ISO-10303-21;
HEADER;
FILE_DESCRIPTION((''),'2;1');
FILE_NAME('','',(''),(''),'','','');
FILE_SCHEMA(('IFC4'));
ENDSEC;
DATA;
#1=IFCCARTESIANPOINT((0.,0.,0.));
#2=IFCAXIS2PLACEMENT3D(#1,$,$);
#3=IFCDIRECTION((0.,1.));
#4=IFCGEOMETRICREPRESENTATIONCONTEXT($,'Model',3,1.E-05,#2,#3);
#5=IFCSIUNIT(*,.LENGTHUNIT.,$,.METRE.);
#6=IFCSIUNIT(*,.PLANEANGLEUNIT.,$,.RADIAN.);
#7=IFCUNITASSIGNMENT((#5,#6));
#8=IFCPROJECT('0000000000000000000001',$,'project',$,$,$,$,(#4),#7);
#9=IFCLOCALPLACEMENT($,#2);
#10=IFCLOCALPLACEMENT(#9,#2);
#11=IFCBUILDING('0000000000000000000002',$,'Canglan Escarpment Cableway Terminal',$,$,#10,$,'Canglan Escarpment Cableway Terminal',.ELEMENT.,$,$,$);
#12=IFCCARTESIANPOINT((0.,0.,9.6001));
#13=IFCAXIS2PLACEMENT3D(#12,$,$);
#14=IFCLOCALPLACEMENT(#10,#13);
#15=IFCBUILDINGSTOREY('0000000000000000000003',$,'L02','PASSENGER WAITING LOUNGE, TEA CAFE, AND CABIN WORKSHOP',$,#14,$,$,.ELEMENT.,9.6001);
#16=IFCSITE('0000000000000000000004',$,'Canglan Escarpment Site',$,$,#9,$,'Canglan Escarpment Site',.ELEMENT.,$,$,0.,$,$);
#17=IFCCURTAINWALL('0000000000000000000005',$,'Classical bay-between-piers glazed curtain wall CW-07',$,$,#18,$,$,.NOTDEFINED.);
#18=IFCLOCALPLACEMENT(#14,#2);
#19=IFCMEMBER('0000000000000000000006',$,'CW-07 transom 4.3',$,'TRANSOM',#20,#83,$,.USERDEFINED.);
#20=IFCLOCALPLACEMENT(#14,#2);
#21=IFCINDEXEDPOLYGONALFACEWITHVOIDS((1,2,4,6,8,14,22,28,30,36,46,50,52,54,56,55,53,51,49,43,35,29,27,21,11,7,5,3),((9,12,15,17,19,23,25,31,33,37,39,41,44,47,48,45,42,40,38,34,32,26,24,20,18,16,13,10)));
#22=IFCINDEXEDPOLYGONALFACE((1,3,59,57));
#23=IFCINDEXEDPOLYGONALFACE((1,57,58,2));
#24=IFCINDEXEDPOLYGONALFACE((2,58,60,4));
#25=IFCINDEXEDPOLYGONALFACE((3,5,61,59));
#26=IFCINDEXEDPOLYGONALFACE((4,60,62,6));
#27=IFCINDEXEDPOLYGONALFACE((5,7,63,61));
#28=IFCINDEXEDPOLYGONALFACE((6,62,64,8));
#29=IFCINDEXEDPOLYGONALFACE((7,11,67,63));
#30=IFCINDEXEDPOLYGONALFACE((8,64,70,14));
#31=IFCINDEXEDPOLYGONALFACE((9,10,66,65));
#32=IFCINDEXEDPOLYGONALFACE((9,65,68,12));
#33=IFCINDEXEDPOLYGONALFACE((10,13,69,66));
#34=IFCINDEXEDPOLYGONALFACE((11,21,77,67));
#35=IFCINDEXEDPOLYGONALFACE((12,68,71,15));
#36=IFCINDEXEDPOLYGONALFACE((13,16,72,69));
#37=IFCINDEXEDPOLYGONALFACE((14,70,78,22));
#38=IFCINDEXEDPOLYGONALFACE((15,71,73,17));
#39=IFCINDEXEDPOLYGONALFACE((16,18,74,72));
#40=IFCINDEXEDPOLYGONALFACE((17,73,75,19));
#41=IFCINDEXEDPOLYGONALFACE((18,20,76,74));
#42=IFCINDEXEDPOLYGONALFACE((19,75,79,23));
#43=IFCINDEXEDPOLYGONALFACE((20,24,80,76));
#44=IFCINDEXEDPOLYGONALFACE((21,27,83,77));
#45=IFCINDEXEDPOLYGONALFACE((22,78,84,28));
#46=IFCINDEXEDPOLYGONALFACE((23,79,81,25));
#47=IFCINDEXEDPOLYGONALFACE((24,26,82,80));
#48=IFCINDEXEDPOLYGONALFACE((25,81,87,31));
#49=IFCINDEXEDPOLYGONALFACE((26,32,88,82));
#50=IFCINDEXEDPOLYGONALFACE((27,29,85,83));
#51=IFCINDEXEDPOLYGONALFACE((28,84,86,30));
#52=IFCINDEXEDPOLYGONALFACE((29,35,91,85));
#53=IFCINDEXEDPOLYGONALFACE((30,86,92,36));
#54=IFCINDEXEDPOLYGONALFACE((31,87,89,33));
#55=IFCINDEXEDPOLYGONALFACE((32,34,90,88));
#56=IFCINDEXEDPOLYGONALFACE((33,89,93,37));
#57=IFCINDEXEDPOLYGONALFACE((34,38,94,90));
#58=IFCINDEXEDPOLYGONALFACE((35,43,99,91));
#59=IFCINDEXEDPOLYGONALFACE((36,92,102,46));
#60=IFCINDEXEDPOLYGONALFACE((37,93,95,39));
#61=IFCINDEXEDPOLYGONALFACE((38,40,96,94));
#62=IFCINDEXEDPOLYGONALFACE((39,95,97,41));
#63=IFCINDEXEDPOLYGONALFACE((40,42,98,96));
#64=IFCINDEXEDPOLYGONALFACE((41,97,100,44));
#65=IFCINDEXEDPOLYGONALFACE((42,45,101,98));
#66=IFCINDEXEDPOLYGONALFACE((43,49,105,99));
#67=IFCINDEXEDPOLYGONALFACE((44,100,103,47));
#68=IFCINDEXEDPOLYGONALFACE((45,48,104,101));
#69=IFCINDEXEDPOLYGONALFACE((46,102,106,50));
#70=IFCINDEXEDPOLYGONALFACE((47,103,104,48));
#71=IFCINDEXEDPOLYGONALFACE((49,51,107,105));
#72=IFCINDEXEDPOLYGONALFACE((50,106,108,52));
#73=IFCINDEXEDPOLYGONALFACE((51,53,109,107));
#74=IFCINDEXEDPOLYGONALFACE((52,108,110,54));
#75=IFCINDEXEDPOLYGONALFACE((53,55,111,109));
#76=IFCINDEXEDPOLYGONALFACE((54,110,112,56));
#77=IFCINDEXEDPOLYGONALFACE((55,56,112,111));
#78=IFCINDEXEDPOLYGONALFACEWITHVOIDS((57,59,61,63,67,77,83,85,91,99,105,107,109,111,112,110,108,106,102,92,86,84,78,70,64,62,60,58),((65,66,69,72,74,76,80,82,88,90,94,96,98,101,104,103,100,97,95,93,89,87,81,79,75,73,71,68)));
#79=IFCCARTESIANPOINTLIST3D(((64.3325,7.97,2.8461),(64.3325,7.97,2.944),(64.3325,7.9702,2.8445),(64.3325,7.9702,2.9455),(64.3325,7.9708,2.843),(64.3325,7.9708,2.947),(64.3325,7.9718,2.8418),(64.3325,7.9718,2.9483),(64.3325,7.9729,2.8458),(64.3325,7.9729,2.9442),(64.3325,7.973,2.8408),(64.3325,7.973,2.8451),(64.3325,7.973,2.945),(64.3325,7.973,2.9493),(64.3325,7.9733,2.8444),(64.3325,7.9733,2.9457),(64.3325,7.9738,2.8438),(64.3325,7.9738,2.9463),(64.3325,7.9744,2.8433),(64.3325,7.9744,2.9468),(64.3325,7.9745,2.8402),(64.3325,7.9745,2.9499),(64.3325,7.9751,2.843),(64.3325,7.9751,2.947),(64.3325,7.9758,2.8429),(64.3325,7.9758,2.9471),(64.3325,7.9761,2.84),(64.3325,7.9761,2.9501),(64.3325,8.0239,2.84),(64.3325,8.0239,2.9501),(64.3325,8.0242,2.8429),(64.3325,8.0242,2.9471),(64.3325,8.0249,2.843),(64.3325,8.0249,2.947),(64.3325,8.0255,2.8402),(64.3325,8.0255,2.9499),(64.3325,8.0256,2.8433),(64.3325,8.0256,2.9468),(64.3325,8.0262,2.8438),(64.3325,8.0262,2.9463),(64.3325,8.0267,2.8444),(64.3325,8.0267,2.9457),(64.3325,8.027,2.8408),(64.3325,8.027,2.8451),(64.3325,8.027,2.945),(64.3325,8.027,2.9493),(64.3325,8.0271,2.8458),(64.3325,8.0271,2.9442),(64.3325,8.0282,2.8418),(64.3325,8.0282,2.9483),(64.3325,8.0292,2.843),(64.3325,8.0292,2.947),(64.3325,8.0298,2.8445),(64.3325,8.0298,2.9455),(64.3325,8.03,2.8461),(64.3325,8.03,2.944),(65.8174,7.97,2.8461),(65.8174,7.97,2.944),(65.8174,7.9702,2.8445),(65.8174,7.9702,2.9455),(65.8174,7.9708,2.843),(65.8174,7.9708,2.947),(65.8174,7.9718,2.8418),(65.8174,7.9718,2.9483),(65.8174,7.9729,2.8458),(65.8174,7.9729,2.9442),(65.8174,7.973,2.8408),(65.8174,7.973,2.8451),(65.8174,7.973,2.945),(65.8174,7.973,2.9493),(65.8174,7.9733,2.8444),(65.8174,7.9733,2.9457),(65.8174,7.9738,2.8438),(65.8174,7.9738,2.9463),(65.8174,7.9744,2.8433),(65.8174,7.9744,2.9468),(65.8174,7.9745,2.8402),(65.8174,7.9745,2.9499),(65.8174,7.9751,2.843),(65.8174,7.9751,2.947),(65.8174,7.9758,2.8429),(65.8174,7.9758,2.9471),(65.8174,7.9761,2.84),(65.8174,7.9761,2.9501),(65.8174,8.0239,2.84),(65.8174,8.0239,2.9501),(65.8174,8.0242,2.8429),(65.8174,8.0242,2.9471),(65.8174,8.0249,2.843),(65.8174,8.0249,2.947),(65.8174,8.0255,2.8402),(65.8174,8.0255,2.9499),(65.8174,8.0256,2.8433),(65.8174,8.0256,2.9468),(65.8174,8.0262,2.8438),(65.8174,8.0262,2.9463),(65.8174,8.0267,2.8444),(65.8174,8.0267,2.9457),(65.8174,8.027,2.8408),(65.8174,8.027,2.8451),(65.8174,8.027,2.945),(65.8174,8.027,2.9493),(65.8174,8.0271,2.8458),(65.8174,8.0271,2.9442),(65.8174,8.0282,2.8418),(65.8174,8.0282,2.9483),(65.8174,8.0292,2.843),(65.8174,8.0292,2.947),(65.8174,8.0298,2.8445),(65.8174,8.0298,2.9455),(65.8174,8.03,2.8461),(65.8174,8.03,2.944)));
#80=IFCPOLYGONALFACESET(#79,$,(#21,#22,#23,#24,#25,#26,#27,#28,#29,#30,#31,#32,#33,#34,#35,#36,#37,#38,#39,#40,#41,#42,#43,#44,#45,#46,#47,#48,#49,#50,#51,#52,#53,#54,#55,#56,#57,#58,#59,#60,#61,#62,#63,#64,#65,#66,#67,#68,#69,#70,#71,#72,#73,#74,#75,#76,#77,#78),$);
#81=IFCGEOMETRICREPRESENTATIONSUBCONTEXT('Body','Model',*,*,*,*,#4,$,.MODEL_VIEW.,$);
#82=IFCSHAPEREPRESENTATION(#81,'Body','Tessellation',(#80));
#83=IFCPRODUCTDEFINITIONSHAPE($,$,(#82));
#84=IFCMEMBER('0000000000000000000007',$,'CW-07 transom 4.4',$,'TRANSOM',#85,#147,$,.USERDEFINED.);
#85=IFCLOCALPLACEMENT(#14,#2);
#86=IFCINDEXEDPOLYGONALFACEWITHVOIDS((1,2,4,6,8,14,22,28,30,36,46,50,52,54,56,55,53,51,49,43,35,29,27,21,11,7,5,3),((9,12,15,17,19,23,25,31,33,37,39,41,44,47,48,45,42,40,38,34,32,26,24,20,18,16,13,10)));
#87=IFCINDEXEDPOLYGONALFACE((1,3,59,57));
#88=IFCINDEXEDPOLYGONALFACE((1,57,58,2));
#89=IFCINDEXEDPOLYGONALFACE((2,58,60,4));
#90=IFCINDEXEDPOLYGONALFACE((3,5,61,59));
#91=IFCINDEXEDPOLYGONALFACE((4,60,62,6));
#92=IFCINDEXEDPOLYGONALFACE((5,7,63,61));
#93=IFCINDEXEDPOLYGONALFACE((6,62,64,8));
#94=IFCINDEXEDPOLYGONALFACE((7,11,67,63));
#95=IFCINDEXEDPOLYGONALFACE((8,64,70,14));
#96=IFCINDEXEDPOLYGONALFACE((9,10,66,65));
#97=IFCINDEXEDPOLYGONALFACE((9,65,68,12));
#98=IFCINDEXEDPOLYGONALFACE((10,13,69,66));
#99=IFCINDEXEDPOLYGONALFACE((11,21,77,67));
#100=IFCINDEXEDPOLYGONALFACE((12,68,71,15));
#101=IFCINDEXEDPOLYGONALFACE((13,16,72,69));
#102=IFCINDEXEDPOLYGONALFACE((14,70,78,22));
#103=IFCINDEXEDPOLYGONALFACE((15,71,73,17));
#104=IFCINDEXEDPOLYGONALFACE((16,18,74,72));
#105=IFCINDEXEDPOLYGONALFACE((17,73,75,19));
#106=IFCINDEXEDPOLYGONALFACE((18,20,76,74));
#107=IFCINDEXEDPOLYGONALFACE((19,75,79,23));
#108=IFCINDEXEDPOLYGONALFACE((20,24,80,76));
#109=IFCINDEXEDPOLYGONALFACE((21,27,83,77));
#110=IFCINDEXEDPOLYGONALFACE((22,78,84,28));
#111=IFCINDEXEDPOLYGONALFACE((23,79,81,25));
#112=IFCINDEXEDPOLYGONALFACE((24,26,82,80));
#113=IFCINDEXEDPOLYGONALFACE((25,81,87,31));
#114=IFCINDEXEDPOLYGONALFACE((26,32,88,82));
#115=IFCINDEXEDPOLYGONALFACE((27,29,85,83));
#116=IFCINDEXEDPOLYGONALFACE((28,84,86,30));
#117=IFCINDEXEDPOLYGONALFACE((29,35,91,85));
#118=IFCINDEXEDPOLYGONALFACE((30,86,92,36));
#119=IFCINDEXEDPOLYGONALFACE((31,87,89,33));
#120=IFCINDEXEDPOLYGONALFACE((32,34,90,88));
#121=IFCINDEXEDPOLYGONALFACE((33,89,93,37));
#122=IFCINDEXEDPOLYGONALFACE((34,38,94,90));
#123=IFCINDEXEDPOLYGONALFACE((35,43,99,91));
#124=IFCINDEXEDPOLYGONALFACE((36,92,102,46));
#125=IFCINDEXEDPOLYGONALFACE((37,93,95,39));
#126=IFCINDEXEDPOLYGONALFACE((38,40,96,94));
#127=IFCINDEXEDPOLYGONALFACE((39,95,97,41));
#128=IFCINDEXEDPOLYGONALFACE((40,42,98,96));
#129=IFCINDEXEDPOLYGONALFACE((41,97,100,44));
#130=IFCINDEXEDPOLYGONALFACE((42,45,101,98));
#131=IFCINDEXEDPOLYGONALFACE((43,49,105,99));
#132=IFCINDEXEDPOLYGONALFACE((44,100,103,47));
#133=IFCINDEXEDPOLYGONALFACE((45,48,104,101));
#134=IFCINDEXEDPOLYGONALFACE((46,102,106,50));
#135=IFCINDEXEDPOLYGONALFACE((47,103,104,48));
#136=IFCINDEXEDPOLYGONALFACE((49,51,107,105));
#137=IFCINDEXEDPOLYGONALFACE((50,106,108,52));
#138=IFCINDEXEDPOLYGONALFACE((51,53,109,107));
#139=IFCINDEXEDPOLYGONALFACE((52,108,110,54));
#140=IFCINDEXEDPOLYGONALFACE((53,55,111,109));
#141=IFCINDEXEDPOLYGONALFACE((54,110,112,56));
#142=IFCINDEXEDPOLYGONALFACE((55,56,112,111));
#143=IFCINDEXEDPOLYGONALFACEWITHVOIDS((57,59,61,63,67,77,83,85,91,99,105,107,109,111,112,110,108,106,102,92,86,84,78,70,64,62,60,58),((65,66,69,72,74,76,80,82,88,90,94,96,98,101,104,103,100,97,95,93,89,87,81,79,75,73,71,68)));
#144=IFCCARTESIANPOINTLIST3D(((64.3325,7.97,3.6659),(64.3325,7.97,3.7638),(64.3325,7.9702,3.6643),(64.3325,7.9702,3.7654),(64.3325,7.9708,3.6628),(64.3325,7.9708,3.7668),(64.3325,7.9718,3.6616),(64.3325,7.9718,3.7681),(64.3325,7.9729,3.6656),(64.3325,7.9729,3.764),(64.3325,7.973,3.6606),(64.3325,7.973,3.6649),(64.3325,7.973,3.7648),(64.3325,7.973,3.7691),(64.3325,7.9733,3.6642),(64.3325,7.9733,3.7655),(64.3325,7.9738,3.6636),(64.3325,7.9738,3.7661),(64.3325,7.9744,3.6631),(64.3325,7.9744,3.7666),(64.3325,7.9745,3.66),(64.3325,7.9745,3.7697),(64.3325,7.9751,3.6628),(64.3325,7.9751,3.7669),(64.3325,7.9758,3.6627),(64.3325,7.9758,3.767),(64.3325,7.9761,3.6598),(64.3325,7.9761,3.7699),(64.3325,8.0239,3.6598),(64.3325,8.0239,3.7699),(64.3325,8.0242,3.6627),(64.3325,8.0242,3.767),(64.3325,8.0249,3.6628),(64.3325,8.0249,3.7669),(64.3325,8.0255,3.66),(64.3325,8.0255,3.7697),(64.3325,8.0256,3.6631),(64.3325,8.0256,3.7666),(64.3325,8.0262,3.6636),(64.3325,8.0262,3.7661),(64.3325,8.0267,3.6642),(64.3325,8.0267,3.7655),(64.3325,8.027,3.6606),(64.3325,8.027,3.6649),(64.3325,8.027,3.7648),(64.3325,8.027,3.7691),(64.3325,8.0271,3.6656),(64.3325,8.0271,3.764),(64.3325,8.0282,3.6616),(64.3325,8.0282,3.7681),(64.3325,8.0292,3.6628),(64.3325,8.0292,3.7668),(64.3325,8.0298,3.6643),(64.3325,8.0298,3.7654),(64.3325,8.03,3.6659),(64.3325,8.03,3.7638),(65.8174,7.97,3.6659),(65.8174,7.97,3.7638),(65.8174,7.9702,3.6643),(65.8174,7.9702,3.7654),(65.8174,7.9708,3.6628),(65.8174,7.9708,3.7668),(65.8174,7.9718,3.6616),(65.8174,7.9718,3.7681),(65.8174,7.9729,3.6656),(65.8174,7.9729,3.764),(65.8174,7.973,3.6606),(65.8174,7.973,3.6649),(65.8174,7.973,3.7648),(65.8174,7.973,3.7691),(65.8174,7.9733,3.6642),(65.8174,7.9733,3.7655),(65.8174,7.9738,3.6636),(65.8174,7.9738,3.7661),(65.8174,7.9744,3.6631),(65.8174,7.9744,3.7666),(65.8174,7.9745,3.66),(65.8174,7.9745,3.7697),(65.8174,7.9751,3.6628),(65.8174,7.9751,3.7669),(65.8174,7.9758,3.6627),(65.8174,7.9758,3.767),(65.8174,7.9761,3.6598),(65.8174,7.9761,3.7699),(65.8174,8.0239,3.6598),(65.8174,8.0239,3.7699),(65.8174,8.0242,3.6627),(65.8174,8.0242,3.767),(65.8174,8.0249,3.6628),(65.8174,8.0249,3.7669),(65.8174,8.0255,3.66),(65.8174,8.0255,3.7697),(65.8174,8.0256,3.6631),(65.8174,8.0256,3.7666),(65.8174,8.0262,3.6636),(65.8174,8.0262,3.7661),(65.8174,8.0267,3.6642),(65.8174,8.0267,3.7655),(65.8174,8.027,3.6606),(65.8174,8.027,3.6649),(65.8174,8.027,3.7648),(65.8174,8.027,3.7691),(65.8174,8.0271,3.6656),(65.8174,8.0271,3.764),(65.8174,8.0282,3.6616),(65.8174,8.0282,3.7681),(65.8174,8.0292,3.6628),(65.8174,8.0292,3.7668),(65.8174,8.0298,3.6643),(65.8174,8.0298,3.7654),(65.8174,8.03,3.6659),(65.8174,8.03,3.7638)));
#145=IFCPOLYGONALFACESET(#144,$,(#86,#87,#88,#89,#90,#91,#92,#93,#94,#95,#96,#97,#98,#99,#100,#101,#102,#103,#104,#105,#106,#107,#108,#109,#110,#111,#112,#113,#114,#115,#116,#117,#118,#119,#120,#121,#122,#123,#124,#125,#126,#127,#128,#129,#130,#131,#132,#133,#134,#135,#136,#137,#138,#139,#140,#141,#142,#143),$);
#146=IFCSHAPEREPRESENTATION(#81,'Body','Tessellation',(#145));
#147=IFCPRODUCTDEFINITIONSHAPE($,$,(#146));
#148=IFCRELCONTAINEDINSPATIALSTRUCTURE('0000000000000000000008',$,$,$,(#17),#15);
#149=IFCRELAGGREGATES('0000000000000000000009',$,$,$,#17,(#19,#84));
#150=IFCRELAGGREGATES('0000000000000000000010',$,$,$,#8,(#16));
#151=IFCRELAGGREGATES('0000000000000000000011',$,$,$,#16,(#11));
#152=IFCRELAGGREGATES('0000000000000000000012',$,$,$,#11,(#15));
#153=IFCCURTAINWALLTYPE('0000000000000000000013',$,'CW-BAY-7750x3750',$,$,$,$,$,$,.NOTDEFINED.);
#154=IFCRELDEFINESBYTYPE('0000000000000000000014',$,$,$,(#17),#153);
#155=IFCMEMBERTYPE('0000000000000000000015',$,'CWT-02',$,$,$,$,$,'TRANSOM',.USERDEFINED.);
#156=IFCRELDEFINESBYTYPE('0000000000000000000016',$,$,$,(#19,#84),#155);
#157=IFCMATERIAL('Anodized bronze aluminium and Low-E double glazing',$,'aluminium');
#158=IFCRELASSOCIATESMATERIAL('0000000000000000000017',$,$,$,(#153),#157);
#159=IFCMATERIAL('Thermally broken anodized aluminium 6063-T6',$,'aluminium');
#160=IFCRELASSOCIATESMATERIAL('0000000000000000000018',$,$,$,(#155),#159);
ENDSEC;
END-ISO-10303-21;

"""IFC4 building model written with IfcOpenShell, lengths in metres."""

from ifc_helpers import new_model, si_unit, direction, frame, origin, origin_2d, place, context, subcontext, project, spatial, hollow_rectangle, extrude, material, material_profile, profile_set, type_object, element, aggregate, save


model = new_model("IFC4")

# Units and contexts
model_context = context("Model", 3, precision=1e-05, world=origin(), true_north=direction((0.0, 1.0)))
body_context = subcontext(model_context, "Body", "Model", "MODEL_VIEW")
ifc_project = project(units=[si_unit("LENGTHUNIT", "METRE"), si_unit("PLANEANGLEUNIT", "RADIAN")], contexts=[model_context])

# Site, building, storey
site_placement = place(None, origin())
site = spatial("IfcSite", under=ifc_project, at=site_placement, Name="Canglan Escarpment Site", LongName="Canglan Escarpment Site", CompositionType="ELEMENT", RefElevation=0.0)
building_placement = place(site_placement, origin())
building = spatial("IfcBuilding", under=site, at=building_placement, Name="Canglan Escarpment Cableway Terminal", LongName="Canglan Escarpment Cableway Terminal", CompositionType="ELEMENT")
storey_placement = place(building_placement, frame((0.0, 0.0, 9.6001)))
storey = spatial("IfcBuildingStorey", under=building, at=storey_placement, Name="L02", Description="PASSENGER WAITING LOUNGE, TEA CAFE, AND CABIN WORKSHOP", CompositionType="ELEMENT", Elevation=9.6001)

# Curtain wall, members
ifc_material_1 = material(Name="Anodized bronze aluminium and Low-E double glazing", Category="aluminium")
curtain_wall_type = type_object("IfcCurtainWallType", Name="CW-BAY-7750x3750", PredefinedType="NOTDEFINED", material=ifc_material_1)
curtain_wall_placement = place(storey_placement, origin())
curtain_wall = element("IfcCurtainWall", 1, at=curtain_wall_placement, inside=storey, type_object=curtain_wall_type, Name="Classical bay-between-piers glazed curtain wall CW-07", PredefinedType="NOTDEFINED")
ifc_material_2 = material(Name="Thermally broken anodized aluminium 6063-T6", Category="aluminium")
ifc_material_profile_1 = material_profile(ifc_material_2, hollow_rectangle(XDim=0.0601, YDim=0.1101, WallThickness=0.0029, InnerFilletRadius=0.0029, OuterFilletRadius=0.0061, at=origin_2d()), Name="ALU-TRAN 60x110x3")
ifc_profile_set_1 = profile_set([ifc_material_profile_1], Name="Thermally broken anodized aluminium 6063-T6")
member_type_1 = type_object("IfcMemberType", Name="CWT-02", ElementType="TRANSOM", PredefinedType="USERDEFINED", material=ifc_profile_set_1)
member_1_placement = place(storey_placement, frame((64.3325, 8.0, 2.895), z_axis=(1.0, 0.0, 0.0), x_axis=(0.0, 1.0, 0.0)))
member_1 = element("IfcMember", 2, at=member_1_placement, type_object=member_type_1, Name="CW-07 transom 4.3", ObjectType="TRANSOM", PredefinedType="USERDEFINED", context=body_context, shape_type="SweptSolid", body=[
    extrude(hollow_rectangle(XDim=0.0601, YDim=0.1101, WallThickness=0.0029, InnerFilletRadius=0.0029, OuterFilletRadius=0.0061, at=origin_2d()), origin(), (0.0, 0.0, 1.0), 1.4849),
])
member_2_placement = place(storey_placement, frame((64.3325, 8.0, 3.7148), z_axis=(1.0, 0.0, 0.0), x_axis=(0.0, 1.0, 0.0)))
member_2 = element("IfcMember", 3, at=member_2_placement, type_object=member_type_1, Name="CW-07 transom 4.4", ObjectType="TRANSOM", PredefinedType="USERDEFINED", context=body_context, shape_type="SweptSolid", body=[
    extrude(hollow_rectangle(XDim=0.0601, YDim=0.1101, WallThickness=0.0029, InnerFilletRadius=0.0029, OuterFilletRadius=0.0061, at=origin_2d()), origin(), (0.0, 0.0, 1.0), 1.4849),
])

aggregate(curtain_wall, [member_1, member_2])

save(model, "model.ifc")
